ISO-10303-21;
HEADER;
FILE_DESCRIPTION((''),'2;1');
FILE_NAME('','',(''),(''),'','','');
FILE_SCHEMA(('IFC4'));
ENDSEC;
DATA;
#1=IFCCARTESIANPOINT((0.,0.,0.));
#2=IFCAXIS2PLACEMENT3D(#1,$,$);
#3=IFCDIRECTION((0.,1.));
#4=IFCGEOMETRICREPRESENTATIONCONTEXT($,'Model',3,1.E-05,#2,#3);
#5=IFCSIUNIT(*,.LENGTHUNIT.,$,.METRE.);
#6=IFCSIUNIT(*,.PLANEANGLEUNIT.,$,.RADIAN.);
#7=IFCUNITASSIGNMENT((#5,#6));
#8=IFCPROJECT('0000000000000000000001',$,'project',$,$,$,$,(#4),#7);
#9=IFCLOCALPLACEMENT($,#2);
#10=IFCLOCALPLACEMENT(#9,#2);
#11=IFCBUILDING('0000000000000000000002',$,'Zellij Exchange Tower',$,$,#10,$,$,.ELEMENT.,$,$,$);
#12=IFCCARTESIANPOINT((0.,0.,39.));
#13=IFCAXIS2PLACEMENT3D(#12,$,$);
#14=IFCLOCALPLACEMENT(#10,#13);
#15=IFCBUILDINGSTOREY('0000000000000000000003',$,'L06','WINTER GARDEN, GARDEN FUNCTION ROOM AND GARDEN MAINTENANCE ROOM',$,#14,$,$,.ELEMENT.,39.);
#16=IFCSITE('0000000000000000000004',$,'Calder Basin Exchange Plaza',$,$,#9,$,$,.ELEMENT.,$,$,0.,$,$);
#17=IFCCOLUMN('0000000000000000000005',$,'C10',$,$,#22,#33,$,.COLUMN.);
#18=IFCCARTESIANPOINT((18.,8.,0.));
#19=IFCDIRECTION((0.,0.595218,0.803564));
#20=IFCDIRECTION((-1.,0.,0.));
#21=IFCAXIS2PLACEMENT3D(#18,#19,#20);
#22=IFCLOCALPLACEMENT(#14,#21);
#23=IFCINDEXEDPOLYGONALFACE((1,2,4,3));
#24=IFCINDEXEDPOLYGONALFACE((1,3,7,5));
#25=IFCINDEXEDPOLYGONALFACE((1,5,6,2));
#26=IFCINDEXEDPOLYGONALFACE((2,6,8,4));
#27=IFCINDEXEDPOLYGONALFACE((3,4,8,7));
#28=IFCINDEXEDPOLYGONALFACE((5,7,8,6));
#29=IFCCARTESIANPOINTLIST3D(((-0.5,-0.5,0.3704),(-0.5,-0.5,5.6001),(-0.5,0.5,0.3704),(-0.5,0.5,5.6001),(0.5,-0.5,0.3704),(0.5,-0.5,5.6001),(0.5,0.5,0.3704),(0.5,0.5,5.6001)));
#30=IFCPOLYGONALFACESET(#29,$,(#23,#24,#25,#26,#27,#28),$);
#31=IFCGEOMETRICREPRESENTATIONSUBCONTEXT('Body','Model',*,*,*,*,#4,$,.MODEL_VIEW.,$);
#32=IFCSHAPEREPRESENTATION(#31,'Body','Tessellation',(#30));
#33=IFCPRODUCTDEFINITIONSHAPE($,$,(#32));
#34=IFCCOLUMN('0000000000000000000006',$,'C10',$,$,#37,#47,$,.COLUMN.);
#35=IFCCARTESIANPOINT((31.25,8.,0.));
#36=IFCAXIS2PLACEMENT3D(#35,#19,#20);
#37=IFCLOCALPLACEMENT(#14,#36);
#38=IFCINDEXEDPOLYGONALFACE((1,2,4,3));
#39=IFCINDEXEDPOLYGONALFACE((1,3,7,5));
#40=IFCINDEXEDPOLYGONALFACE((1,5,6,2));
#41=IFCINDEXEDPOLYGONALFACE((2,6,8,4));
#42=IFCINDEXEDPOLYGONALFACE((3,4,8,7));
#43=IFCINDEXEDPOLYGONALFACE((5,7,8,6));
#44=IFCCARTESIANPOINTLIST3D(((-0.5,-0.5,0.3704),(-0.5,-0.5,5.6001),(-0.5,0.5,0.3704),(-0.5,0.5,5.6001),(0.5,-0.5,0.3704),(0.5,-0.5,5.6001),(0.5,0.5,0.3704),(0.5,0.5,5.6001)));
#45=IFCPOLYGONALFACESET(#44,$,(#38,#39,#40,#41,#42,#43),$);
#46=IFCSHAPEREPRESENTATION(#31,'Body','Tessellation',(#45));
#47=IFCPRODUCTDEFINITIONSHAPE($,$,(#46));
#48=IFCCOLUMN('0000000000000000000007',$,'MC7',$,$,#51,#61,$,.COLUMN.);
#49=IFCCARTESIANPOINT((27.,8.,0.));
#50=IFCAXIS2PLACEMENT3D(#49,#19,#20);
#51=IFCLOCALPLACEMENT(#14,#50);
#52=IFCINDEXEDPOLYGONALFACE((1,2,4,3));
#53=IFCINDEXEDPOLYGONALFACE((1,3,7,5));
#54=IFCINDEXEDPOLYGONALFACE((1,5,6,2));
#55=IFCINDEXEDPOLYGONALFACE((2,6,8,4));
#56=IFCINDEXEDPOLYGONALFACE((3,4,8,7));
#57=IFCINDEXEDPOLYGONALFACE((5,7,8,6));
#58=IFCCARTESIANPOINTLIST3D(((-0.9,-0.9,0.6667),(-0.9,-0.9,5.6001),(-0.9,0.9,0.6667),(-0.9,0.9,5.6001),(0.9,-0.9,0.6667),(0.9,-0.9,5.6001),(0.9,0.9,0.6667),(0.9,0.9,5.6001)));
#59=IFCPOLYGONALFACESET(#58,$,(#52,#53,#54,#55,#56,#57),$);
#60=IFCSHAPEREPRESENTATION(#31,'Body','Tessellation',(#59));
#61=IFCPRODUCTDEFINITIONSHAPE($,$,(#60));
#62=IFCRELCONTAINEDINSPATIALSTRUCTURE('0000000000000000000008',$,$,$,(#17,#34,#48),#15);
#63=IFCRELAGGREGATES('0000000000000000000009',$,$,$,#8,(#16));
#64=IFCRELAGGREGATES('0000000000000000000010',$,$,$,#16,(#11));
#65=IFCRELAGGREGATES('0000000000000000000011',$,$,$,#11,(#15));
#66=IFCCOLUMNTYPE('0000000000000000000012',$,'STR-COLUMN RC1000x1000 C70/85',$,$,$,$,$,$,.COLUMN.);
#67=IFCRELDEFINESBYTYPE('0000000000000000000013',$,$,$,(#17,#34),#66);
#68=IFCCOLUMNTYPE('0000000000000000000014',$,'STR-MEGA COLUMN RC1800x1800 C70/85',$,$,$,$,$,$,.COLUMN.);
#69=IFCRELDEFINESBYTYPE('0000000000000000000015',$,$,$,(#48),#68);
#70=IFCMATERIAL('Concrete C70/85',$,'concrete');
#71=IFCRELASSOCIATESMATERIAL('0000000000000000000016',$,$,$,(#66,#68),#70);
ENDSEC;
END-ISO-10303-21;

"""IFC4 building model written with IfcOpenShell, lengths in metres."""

from ifc_helpers import new_model, si_unit, direction, frame, origin, origin_2d, place, context, subcontext, project, spatial, rectangle, extrude, clip, halfspace, material, material_profile, profile_set, type_object, element, save


model = new_model("IFC4")

# Units and contexts
model_context = context("Model", 3, precision=1e-05, world=origin(), true_north=direction((0.0, 1.0)))
body_context = subcontext(model_context, "Body", "Model", "MODEL_VIEW")
ifc_project = project(units=[si_unit("LENGTHUNIT", "METRE"), si_unit("PLANEANGLEUNIT", "RADIAN")], contexts=[model_context])

# Site, building, storey
site_placement = place(None, origin())
site = spatial("IfcSite", under=ifc_project, at=site_placement, Name="Calder Basin Exchange Plaza", CompositionType="ELEMENT", RefElevation=0.0)
building_placement = place(site_placement, origin())
building = spatial("IfcBuilding", under=site, at=building_placement, Name="Zellij Exchange Tower", CompositionType="ELEMENT")
storey_placement = place(building_placement, frame((0.0, 0.0, 39.0)))
storey = spatial("IfcBuildingStorey", under=building, at=storey_placement, Name="L06", Description="WINTER GARDEN, GARDEN FUNCTION ROOM AND GARDEN MAINTENANCE ROOM", CompositionType="ELEMENT", Elevation=39.0)

# Columns
ifc_material_1 = material(Name="Concrete C70/85", Category="concrete")
ifc_material_profile_1 = material_profile(ifc_material_1, rectangle(XDim=1.0, YDim=1.0, at=origin_2d()), Name="STR-COLUMN RC1000x1000 C70/85")
ifc_profile_set_1 = profile_set([ifc_material_profile_1], Name="Concrete C70/85")
column_type_1 = type_object("IfcColumnType", Name="STR-COLUMN RC1000x1000 C70/85", PredefinedType="COLUMN", material=ifc_profile_set_1)
for number, where, z_axis, x_axis, name in (
    (1, (18.0, 8.0, 0.0), (0.0, 0.595218, 0.803564), (-1.0, 0.0, 0.0), "C10"),
    (2, (31.25, 8.0, 0.0), (0.0, 0.595218, 0.803564), (-1.0, 0.0, 0.0), "C10"),
):
    element("IfcColumn", number, at=place(storey_placement, frame(where, z_axis=z_axis, x_axis=x_axis)), inside=storey, type_object=column_type_1, Name=name, PredefinedType="COLUMN", context=body_context, shape_type="Clipping", body=[
        clip(extrude(rectangle(XDim=1.0, YDim=1.0, at=origin_2d()), origin(), (0.0, 0.0, 1.0), 5.6001), halfspace(frame((0.0, 0.0, 0.3704)), True)),
    ])
ifc_material_profile_2 = material_profile(ifc_material_1, rectangle(XDim=1.8, YDim=1.8, at=origin_2d()), Name="STR-MEGA COLUMN RC1800x1800 C70/85")
ifc_profile_set_2 = profile_set([ifc_material_profile_2], Name="Concrete C70/85")
column_type_2 = type_object("IfcColumnType", Name="STR-MEGA COLUMN RC1800x1800 C70/85", PredefinedType="COLUMN", material=ifc_profile_set_2)
column_placement = place(storey_placement, frame((27.0, 8.0, 0.0), z_axis=(0.0, 0.595218, 0.803564), x_axis=(-1.0, 0.0, 0.0)))
element("IfcColumn", 3, at=column_placement, inside=storey, type_object=column_type_2, Name="MC7", PredefinedType="COLUMN", context=body_context, shape_type="Clipping", body=[
    clip(extrude(rectangle(XDim=1.8, YDim=1.8, at=origin_2d()), origin(), (0.0, 0.0, 1.0), 5.6001), halfspace(frame((0.0, 0.0, 0.6667)), True)),
])

save(model, "model.ifc")
